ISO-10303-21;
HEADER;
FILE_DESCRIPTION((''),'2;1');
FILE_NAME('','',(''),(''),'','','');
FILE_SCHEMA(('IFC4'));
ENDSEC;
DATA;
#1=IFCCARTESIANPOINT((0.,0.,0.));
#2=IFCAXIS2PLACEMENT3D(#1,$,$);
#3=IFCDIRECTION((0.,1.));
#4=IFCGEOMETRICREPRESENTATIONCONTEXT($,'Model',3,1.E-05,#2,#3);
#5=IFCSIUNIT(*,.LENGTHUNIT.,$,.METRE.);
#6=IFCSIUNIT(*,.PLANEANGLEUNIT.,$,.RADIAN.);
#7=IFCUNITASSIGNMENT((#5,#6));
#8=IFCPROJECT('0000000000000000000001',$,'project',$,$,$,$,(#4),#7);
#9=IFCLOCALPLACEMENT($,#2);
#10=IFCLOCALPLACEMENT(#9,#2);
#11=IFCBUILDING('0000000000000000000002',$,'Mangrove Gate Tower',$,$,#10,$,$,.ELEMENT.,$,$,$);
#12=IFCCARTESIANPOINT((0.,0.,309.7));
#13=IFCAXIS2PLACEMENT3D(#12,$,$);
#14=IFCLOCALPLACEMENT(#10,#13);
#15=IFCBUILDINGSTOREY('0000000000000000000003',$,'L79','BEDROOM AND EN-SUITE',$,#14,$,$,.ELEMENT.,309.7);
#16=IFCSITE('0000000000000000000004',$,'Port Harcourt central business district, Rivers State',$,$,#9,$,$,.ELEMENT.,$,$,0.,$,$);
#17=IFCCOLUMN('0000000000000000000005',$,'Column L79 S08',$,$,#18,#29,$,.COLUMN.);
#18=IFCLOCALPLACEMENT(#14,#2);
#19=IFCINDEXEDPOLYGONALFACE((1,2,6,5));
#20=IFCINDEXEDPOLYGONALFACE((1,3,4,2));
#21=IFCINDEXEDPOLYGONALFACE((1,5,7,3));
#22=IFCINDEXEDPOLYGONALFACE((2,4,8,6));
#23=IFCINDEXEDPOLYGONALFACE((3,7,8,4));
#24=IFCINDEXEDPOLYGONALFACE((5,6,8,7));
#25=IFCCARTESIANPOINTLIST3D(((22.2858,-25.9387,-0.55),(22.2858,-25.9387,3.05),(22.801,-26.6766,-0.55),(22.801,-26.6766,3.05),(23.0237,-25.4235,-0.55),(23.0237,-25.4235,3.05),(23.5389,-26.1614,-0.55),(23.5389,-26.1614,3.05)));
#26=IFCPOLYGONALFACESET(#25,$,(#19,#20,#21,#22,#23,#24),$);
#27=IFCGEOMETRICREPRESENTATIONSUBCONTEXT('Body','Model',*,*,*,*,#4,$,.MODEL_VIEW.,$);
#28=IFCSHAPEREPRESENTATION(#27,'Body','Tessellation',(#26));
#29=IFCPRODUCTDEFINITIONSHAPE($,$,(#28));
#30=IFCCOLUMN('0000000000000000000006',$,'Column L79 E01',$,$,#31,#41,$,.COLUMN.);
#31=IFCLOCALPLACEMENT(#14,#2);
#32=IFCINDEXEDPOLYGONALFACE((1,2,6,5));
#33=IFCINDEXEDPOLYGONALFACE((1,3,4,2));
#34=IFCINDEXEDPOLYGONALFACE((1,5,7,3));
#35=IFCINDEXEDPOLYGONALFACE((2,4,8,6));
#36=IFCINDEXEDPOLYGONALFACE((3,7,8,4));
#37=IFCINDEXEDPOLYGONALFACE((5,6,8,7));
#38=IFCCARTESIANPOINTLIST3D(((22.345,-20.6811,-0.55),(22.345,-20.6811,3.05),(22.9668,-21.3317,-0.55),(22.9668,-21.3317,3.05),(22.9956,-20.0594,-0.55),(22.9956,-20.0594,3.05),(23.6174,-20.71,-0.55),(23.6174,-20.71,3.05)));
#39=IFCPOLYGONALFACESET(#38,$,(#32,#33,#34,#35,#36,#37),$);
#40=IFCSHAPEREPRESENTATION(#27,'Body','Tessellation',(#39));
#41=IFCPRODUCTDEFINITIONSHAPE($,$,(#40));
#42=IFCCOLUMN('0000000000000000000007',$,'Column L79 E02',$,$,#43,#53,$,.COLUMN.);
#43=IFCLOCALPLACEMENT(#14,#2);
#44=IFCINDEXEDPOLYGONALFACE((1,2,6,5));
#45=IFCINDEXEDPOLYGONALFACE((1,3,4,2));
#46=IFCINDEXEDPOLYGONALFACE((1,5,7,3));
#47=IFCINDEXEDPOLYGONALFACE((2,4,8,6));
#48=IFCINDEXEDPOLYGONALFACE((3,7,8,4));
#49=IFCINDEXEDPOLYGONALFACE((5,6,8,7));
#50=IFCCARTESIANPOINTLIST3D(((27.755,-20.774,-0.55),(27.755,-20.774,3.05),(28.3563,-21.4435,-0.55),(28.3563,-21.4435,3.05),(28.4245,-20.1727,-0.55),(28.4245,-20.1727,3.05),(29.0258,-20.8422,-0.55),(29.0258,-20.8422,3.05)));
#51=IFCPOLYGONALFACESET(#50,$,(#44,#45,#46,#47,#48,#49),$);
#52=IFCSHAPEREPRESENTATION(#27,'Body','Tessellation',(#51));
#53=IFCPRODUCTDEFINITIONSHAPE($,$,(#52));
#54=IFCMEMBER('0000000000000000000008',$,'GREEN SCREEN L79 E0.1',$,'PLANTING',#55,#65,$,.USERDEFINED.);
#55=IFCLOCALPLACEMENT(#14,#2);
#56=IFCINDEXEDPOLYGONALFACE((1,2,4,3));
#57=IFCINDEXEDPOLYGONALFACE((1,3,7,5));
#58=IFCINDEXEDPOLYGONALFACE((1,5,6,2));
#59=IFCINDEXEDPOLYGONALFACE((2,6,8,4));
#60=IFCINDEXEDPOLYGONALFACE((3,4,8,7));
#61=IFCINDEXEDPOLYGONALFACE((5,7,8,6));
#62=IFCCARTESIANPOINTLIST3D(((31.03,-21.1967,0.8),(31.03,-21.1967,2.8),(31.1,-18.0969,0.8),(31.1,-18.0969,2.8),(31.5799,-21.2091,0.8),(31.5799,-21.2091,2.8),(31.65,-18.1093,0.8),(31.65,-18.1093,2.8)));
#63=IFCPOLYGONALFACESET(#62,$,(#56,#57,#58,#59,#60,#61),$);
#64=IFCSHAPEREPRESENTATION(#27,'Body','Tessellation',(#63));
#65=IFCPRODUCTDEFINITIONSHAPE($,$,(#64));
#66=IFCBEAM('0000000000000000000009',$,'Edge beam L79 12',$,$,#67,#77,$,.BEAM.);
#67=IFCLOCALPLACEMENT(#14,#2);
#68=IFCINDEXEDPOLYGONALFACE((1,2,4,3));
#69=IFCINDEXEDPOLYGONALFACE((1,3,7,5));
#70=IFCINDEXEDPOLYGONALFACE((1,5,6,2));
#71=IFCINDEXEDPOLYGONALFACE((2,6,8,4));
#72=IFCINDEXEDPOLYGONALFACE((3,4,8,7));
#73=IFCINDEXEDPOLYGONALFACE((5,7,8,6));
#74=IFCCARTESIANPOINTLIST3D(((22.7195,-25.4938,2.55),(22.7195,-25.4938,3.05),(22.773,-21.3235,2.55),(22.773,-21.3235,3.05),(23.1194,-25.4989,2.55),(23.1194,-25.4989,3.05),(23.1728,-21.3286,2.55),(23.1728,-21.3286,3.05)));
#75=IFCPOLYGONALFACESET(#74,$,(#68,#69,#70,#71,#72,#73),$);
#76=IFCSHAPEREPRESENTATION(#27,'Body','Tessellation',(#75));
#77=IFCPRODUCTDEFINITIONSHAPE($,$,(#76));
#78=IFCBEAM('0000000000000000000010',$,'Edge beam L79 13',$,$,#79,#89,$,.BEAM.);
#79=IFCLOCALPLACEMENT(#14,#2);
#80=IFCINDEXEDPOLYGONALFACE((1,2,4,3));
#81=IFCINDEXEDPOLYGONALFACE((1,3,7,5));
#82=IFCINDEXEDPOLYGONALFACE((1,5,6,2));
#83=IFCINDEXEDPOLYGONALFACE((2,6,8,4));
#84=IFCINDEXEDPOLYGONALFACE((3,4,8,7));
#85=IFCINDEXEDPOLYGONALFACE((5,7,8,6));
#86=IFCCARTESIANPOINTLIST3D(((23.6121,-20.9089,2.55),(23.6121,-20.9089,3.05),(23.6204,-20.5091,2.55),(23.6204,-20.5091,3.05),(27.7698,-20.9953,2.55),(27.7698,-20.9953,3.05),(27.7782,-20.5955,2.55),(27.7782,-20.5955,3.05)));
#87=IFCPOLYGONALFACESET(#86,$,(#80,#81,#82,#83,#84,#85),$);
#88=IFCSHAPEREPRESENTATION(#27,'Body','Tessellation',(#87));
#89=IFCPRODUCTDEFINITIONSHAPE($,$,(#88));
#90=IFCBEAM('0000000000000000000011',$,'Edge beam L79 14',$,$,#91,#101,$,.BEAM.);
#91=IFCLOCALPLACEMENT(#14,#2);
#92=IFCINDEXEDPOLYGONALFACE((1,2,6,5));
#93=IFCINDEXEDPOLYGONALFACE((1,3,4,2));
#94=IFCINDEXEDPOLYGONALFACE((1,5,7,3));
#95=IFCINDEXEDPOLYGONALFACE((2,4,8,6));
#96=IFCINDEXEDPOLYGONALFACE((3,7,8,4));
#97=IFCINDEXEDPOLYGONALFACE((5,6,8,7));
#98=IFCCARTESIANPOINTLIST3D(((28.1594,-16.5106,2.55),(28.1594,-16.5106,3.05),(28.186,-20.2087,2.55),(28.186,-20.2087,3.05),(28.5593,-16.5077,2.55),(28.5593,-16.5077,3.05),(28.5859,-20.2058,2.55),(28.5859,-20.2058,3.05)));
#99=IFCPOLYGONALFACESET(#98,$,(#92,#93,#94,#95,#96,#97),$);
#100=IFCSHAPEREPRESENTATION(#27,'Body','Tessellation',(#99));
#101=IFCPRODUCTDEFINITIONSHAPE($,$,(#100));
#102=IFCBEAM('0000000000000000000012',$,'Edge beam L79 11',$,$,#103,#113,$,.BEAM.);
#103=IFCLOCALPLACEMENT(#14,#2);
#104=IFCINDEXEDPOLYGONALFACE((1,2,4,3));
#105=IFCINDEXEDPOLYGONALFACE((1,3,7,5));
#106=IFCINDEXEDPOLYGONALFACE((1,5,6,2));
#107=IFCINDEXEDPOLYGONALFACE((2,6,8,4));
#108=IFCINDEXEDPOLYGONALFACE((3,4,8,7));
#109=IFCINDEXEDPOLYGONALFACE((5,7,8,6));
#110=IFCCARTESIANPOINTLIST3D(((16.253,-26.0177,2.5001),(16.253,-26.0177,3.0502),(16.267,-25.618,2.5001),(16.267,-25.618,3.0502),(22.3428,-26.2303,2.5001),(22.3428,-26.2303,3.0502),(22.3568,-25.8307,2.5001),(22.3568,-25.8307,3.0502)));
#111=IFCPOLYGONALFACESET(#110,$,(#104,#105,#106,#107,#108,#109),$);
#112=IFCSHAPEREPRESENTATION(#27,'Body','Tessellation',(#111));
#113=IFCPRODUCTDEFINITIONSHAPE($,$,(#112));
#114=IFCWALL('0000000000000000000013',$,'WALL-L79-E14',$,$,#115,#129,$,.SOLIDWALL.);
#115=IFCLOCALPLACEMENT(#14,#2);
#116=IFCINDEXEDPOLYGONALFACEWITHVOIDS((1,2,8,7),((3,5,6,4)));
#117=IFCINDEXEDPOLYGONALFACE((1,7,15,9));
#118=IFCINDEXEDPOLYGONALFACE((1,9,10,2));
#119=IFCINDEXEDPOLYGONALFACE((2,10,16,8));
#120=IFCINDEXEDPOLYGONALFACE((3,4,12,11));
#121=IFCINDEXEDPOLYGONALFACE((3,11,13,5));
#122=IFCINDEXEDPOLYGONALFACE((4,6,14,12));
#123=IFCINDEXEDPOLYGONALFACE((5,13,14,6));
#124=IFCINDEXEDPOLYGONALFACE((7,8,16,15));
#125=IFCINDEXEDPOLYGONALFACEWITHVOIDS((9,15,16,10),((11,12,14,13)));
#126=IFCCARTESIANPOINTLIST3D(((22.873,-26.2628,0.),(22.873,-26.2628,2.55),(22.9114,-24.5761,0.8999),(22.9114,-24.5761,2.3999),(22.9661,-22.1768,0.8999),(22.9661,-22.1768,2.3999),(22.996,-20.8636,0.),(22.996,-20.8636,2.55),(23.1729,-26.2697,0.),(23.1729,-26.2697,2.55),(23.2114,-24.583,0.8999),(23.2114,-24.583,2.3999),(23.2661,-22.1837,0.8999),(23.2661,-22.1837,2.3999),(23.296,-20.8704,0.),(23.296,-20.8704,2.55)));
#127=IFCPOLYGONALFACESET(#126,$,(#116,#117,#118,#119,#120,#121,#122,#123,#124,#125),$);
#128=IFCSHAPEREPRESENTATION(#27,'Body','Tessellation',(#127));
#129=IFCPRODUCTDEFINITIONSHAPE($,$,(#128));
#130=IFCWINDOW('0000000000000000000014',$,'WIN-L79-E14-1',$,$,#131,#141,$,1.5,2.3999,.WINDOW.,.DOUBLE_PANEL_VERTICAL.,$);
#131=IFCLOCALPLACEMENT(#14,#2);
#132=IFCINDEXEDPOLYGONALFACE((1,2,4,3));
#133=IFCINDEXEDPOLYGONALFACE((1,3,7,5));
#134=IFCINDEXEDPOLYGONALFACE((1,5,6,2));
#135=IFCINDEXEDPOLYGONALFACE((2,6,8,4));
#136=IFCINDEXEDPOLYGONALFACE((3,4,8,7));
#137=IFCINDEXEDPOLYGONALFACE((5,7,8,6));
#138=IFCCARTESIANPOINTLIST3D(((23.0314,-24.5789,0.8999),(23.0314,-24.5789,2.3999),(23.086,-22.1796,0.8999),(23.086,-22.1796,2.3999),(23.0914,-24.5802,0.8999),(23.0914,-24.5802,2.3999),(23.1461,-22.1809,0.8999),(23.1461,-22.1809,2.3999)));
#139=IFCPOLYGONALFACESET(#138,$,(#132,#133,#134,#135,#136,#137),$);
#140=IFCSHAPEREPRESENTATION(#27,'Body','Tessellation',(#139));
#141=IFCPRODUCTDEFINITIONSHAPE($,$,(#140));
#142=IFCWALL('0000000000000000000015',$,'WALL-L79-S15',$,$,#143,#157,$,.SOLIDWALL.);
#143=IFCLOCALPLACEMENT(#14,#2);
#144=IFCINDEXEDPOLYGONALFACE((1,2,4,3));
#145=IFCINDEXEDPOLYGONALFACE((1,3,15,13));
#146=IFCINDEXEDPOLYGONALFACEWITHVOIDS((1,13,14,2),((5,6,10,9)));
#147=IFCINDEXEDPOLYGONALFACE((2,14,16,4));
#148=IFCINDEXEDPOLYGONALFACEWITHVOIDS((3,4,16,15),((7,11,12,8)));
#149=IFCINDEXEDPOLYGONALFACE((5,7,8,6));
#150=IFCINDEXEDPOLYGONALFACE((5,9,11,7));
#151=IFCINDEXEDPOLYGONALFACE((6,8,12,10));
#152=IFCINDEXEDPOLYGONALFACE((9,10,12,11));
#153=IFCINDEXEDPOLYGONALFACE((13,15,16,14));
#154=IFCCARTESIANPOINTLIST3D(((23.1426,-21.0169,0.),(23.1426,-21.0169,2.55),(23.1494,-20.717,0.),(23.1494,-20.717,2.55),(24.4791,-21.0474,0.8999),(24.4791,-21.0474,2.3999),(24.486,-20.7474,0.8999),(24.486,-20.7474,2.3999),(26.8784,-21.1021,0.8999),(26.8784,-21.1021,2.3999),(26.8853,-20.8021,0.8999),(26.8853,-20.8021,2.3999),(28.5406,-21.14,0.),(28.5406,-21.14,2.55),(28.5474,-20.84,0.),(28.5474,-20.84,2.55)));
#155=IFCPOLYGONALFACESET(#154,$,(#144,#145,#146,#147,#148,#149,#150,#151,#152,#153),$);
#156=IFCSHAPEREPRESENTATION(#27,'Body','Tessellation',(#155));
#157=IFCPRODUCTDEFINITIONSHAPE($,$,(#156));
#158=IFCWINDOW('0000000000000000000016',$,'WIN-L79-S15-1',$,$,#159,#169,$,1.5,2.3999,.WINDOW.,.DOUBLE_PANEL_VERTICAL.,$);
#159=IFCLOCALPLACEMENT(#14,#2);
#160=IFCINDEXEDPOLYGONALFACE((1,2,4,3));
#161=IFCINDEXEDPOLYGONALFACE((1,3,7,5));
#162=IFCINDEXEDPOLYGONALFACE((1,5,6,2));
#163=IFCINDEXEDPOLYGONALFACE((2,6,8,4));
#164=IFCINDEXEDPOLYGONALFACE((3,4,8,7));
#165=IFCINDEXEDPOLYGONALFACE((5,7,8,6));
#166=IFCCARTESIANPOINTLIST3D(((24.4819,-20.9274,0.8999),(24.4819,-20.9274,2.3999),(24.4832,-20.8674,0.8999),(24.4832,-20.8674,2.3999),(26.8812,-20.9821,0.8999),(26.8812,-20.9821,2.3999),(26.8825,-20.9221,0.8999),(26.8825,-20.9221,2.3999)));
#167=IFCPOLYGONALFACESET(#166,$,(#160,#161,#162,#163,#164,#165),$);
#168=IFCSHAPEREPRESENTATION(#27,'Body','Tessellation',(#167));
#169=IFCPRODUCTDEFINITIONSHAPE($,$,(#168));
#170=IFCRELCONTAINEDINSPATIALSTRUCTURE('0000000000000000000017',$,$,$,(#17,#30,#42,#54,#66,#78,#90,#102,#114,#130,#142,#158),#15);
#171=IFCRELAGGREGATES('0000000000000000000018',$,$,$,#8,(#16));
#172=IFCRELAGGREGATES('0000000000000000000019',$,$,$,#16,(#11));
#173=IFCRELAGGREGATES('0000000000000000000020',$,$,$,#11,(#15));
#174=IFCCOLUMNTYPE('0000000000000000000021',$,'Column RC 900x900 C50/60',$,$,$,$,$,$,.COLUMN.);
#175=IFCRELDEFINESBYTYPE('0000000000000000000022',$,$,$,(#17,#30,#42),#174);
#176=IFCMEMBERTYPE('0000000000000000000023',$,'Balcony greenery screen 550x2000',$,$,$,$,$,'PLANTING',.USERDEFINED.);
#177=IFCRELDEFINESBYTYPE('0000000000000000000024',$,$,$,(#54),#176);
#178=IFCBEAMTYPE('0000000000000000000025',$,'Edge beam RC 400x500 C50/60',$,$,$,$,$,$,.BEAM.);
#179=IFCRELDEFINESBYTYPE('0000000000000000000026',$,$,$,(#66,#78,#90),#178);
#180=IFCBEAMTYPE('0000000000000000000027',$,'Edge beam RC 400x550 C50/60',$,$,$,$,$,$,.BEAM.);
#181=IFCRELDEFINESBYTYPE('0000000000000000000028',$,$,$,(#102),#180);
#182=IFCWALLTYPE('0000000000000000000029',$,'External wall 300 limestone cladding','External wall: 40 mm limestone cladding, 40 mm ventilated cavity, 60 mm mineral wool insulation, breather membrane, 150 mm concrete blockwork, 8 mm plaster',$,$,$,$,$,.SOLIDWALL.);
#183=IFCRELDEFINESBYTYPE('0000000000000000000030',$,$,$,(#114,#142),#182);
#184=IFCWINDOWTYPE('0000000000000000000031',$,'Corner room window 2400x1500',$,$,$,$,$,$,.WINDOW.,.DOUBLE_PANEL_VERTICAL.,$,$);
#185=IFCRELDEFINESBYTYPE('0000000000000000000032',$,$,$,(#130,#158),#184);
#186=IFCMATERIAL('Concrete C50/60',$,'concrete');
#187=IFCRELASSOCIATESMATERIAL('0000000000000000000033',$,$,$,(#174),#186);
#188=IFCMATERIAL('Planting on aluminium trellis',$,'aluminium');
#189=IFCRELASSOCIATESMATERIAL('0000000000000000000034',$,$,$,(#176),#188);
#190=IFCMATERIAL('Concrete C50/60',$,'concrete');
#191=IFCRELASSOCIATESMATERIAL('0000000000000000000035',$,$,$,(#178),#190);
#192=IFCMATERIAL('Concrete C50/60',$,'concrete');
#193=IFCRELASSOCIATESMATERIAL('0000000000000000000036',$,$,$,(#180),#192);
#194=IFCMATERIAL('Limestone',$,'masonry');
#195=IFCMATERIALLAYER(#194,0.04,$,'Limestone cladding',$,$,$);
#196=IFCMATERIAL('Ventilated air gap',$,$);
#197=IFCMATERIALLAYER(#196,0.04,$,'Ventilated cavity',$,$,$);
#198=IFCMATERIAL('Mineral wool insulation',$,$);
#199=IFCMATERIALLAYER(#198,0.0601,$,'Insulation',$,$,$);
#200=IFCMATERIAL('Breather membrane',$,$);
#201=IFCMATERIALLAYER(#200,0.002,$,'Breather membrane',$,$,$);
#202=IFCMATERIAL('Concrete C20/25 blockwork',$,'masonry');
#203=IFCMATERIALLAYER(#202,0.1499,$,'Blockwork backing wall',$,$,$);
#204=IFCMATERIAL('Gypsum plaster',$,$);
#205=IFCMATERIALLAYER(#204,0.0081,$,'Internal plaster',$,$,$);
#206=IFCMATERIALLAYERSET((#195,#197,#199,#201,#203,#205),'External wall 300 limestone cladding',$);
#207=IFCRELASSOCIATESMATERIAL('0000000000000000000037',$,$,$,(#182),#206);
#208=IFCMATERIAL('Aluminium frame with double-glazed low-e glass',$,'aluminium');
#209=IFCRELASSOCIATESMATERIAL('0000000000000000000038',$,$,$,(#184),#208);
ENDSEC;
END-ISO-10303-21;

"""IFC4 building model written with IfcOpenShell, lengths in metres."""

from ifc_helpers import new_model, si_unit, direction, frame, frame_2d, origin, origin_2d, place, context, subcontext, project, spatial, rectangle, extrude, material, layer, layer_set, material_profile, profile_set, type_object, element, fill, save


model = new_model("IFC4")

# Units and contexts
model_context = context("Model", 3, precision=1e-05, world=origin(), true_north=direction((0.0, 1.0)))
body_context = subcontext(model_context, "Body", "Model", "MODEL_VIEW")
ifc_project = project(units=[si_unit("LENGTHUNIT", "METRE"), si_unit("PLANEANGLEUNIT", "RADIAN")], contexts=[model_context])

# Site, building, storey
site_placement = place(None, origin())
site = spatial("IfcSite", under=ifc_project, at=site_placement, Name="Port Harcourt central business district, Rivers State", CompositionType="ELEMENT", RefElevation=0.0)
building_placement = place(site_placement, origin())
building = spatial("IfcBuilding", under=site, at=building_placement, Name="Mangrove Gate Tower", CompositionType="ELEMENT")
storey_placement = place(building_placement, frame((0.0, 0.0, 309.7)))
storey = spatial("IfcBuildingStorey", under=building, at=storey_placement, Name="L79", Description="BEDROOM AND EN-SUITE", CompositionType="ELEMENT", Elevation=309.7)

# Columns
ifc_material_1 = material(Name="Concrete C50/60", Category="concrete")
ifc_material_profile_1 = material_profile(ifc_material_1, rectangle(XDim=0.8999, YDim=0.8999, at=origin_2d()))
ifc_profile_set_1 = profile_set([ifc_material_profile_1], Name="Concrete C50/60")
column_type = type_object("IfcColumnType", Name="Column RC 900x900 C50/60", PredefinedType="COLUMN", material=ifc_profile_set_1)
for number, where, z_axis, x_axis, name in (
    (1, (22.9124, -26.05, -0.55), (0.0, 0.0, 1.0), (0.81992, 0.572478, 0.0), "Column L79 S08"),
    (2, (22.9812, -20.6956, -0.55), (0.0, 0.0, 1.0), (0.722966, 0.690884, 0.0), "Column L79 E01"),
    (3, (28.3904, -20.8081, -0.55), (0.0, 0.0, 1.0), (0.744005, 0.668174, 0.0), "Column L79 E02"),
):
    element("IfcColumn", number, at=place(storey_placement, frame(where, z_axis=z_axis, x_axis=x_axis)), inside=storey, type_object=column_type, Name=name, PredefinedType="COLUMN", context=body_context, shape_type="SweptSolid", body=[
        extrude(rectangle(XDim=0.8999, YDim=0.8999, at=origin_2d()), origin(), (0.0, 0.0, 1.0), 3.6001),
    ])

# Member
ifc_material_2 = material(Name="Planting on aluminium trellis", Category="aluminium")
ifc_material_profile_2 = material_profile(ifc_material_2, rectangle(XDim=0.55, YDim=2.0, at=origin_2d()))
ifc_profile_set_2 = profile_set([ifc_material_profile_2], Name="Planting on aluminium trellis")
member_type = type_object("IfcMemberType", Name="Balcony greenery screen 550x2000", ElementType="PLANTING", PredefinedType="USERDEFINED", material=ifc_profile_set_2)
member_placement = place(storey_placement, frame((31.3049, -21.2029, 1.8), z_axis=(0.022598, 0.999745, 0.0), x_axis=(-0.999745, 0.022598, 0.0)))
element("IfcMember", 4, at=member_placement, inside=storey, type_object=member_type, Name="GREEN SCREEN L79 E0.1", ObjectType="PLANTING", PredefinedType="USERDEFINED", context=body_context, shape_type="SweptSolid", body=[
    extrude(rectangle(XDim=0.55, YDim=2.0, at=origin_2d()), origin(), (0.0, 0.0, 1.0), 3.1006),
])

# Beams
ifc_material_3 = material(Name="Concrete C50/60", Category="concrete")
ifc_material_profile_3 = material_profile(ifc_material_3, rectangle(XDim=0.3999, YDim=0.5, at=origin_2d()))
ifc_profile_set_3 = profile_set([ifc_material_profile_3], Name="Concrete C50/60")
beam_type_1 = type_object("IfcBeamType", Name="Edge beam RC 400x500 C50/60", PredefinedType="BEAM", material=ifc_profile_set_3)
beam_1_placement = place(storey_placement, frame((22.9194, -25.4963, 2.8), z_axis=(0.012819, 0.999918, 0.0), x_axis=(-0.999918, 0.012819, 0.0)))
element("IfcBeam", 5, at=beam_1_placement, inside=storey, type_object=beam_type_1, Name="Edge beam L79 12", PredefinedType="BEAM", context=body_context, shape_type="SweptSolid", body=[
    extrude(rectangle(XDim=0.3999, YDim=0.5, at=origin_2d()), origin(), (0.0, 0.0, 1.0), 4.1707),
])
beam_2_placement = place(storey_placement, frame((23.6162, -20.709, 2.8), z_axis=(0.999784, -0.020782, 0.0), x_axis=(0.020782, 0.999784, 0.0)))
element("IfcBeam", 6, at=beam_2_placement, inside=storey, type_object=beam_type_1, Name="Edge beam L79 13", PredefinedType="BEAM", context=body_context, shape_type="SweptSolid", body=[
    extrude(rectangle(XDim=0.3999, YDim=0.5, at=origin_2d()), origin(), (0.0, 0.0, 1.0), 4.1587),
])
beam_3_placement = place(storey_placement, frame((28.386, -20.2073, 2.8), z_axis=(-0.007195, 0.999974, 0.0), x_axis=(-0.999974, -0.007195, 0.0)))
element("IfcBeam", 7, at=beam_3_placement, inside=storey, type_object=beam_type_1, Name="Edge beam L79 14", PredefinedType="BEAM", context=body_context, shape_type="SweptSolid", body=[
    extrude(rectangle(XDim=0.3999, YDim=0.5, at=origin_2d()), origin(), (0.0, 0.0, 1.0), 3.6982),
])
ifc_material_4 = material(Name="Concrete C50/60", Category="concrete")
ifc_material_profile_4 = material_profile(ifc_material_4, rectangle(XDim=0.3999, YDim=0.55, at=origin_2d()))
ifc_profile_set_4 = profile_set([ifc_material_profile_4], Name="Concrete C50/60")
beam_type_2 = type_object("IfcBeamType", Name="Edge beam RC 400x550 C50/60", PredefinedType="BEAM", material=ifc_profile_set_4)
beam_4_placement = place(storey_placement, frame((16.26, -25.8179, 2.7751), z_axis=(0.999391, -0.034897, 0.0), x_axis=(0.034897, 0.999391, 0.0)))
element("IfcBeam", 8, at=beam_4_placement, inside=storey, type_object=beam_type_2, Name="Edge beam L79 11", PredefinedType="BEAM", context=body_context, shape_type="SweptSolid", body=[
    extrude(rectangle(XDim=0.3999, YDim=0.55, at=origin_2d()), origin(), (0.0, 0.0, 1.0), 6.0935),
])

# Shared definitions
ifc_material_5 = material(Name="Limestone", Category="masonry")
ifc_layer_1 = layer(ifc_material_5, 0.04, Name="Limestone cladding")
ifc_material_6 = material(Name="Ventilated air gap")
ifc_layer_2 = layer(ifc_material_6, 0.04, Name="Ventilated cavity")
ifc_material_7 = material(Name="Mineral wool insulation")
ifc_layer_3 = layer(ifc_material_7, 0.0601, Name="Insulation")
ifc_material_8 = material(Name="Breather membrane")
ifc_layer_4 = layer(ifc_material_8, 0.002, Name="Breather membrane")
ifc_material_9 = material(Name="Concrete C20/25 blockwork", Category="masonry")
ifc_layer_5 = layer(ifc_material_9, 0.1499, Name="Blockwork backing wall")
ifc_material_10 = material(Name="Gypsum plaster")
ifc_layer_6 = layer(ifc_material_10, 0.0081, Name="Internal plaster")
ifc_layer_set_1 = layer_set([ifc_layer_1, ifc_layer_2, ifc_layer_3, ifc_layer_4, ifc_layer_5, ifc_layer_6], Name="External wall 300 limestone cladding")
wall_type_1 = type_object("IfcWallType", Name="External wall 300 limestone cladding", Description="External wall: 40 mm limestone cladding, 40 mm ventilated cavity, 60 mm mineral wool insulation, breather membrane, 150 mm concrete blockwork, 8 mm plaster", PredefinedType="SOLIDWALL", material=ifc_layer_set_1)

# Walls, openings, windows
wall_1_placement = place(storey_placement, frame((23.0229, -26.2661, 0.0), z_axis=(0.0, 0.0, 1.0), x_axis=(0.022784, 0.99974, 0.0)))
wall_1 = element("IfcWall", 9, at=wall_1_placement, inside=storey, type_object=wall_type_1, Name="WALL-L79-E14", PredefinedType="SOLIDWALL", context=body_context, shape_type="SweptSolid", body=[
    extrude(rectangle(XDim=5.4006, YDim=0.3, at=frame_2d((2.7002, 0.0))), origin(), (0.0, 0.0, 1.0), 2.55),
])
opening_1_placement = place(wall_1_placement, frame((1.687, 0.0, 0.8999)))
opening_1 = element("IfcOpeningElement", 10, at=opening_1_placement, cuts=wall_1, PredefinedType="OPENING", context=body_context, shape_type="SweptSolid", body=[
    extrude(rectangle(XDim=2.3999, YDim=1.5, at=frame_2d((1.2, 0.75))), frame((0.0, 0.1599, 0.0), z_axis=(0.0, -1.0, 0.0), x_axis=(1.0, 0.0, 0.0)), (0.0, 0.0, 1.0), 0.3201),
])
ifc_material_11 = material(Name="Aluminium frame with double-glazed low-e glass", Category="aluminium")
window_type_1 = type_object("IfcWindowType", Name="Corner room window 2400x1500", PartitioningType="DOUBLE_PANEL_VERTICAL", PredefinedType="WINDOW", material=ifc_material_11)
window_1_placement = place(opening_1_placement, origin())
window_1 = element("IfcWindow", 11, at=window_1_placement, inside=storey, type_object=window_type_1, Name="WIN-L79-E14-1", OverallHeight=1.5, OverallWidth=2.3999, PartitioningType="DOUBLE_PANEL_VERTICAL", PredefinedType="WINDOW", context=body_context, shape_type="SweptSolid", body=[
    extrude(rectangle(XDim=2.3999, YDim=1.5, at=frame_2d((1.2, 0.75))), frame((0.0, 0.03, 0.0), z_axis=(0.0, -1.0, 0.0), x_axis=(1.0, 0.0, 0.0)), (0.0, 0.0, 1.0), 0.0601),
])
fill(opening_1, window_1)
wall_2_placement = place(storey_placement, frame((23.146, -20.8669, 0.0), z_axis=(0.0, 0.0, 1.0), x_axis=(0.99974, -0.022789, 0.0)))
wall_2 = element("IfcWall", 12, at=wall_2_placement, inside=storey, type_object=wall_type_1, Name="WALL-L79-S15", PredefinedType="SOLIDWALL", context=body_context, shape_type="SweptSolid", body=[
    extrude(rectangle(XDim=5.3994, YDim=0.3, at=frame_2d((2.6997, 0.0))), origin(), (0.0, 0.0, 1.0), 2.55),
])
opening_2_placement = place(wall_2_placement, frame((1.3369, 0.0, 0.8999)))
opening_2 = element("IfcOpeningElement", 13, at=opening_2_placement, cuts=wall_2, PredefinedType="OPENING", context=body_context, shape_type="SweptSolid", body=[
    extrude(rectangle(XDim=2.3999, YDim=1.5, at=frame_2d((1.2, 0.75))), frame((0.0, 0.1599, 0.0), z_axis=(0.0, -1.0, 0.0), x_axis=(1.0, 0.0, 0.0)), (0.0, 0.0, 1.0), 0.3201),
])
window_2_placement = place(opening_2_placement, origin())
window_2 = element("IfcWindow", 14, at=window_2_placement, inside=storey, type_object=window_type_1, Name="WIN-L79-S15-1", OverallHeight=1.5, OverallWidth=2.3999, PartitioningType="DOUBLE_PANEL_VERTICAL", PredefinedType="WINDOW", context=body_context, shape_type="SweptSolid", body=[
    extrude(rectangle(XDim=2.3999, YDim=1.5, at=frame_2d((1.2, 0.75))), frame((0.0, 0.03, 0.0), z_axis=(0.0, -1.0, 0.0), x_axis=(1.0, 0.0, 0.0)), (0.0, 0.0, 1.0), 0.0601),
])
fill(opening_2, window_2)

save(model, "model.ifc")
